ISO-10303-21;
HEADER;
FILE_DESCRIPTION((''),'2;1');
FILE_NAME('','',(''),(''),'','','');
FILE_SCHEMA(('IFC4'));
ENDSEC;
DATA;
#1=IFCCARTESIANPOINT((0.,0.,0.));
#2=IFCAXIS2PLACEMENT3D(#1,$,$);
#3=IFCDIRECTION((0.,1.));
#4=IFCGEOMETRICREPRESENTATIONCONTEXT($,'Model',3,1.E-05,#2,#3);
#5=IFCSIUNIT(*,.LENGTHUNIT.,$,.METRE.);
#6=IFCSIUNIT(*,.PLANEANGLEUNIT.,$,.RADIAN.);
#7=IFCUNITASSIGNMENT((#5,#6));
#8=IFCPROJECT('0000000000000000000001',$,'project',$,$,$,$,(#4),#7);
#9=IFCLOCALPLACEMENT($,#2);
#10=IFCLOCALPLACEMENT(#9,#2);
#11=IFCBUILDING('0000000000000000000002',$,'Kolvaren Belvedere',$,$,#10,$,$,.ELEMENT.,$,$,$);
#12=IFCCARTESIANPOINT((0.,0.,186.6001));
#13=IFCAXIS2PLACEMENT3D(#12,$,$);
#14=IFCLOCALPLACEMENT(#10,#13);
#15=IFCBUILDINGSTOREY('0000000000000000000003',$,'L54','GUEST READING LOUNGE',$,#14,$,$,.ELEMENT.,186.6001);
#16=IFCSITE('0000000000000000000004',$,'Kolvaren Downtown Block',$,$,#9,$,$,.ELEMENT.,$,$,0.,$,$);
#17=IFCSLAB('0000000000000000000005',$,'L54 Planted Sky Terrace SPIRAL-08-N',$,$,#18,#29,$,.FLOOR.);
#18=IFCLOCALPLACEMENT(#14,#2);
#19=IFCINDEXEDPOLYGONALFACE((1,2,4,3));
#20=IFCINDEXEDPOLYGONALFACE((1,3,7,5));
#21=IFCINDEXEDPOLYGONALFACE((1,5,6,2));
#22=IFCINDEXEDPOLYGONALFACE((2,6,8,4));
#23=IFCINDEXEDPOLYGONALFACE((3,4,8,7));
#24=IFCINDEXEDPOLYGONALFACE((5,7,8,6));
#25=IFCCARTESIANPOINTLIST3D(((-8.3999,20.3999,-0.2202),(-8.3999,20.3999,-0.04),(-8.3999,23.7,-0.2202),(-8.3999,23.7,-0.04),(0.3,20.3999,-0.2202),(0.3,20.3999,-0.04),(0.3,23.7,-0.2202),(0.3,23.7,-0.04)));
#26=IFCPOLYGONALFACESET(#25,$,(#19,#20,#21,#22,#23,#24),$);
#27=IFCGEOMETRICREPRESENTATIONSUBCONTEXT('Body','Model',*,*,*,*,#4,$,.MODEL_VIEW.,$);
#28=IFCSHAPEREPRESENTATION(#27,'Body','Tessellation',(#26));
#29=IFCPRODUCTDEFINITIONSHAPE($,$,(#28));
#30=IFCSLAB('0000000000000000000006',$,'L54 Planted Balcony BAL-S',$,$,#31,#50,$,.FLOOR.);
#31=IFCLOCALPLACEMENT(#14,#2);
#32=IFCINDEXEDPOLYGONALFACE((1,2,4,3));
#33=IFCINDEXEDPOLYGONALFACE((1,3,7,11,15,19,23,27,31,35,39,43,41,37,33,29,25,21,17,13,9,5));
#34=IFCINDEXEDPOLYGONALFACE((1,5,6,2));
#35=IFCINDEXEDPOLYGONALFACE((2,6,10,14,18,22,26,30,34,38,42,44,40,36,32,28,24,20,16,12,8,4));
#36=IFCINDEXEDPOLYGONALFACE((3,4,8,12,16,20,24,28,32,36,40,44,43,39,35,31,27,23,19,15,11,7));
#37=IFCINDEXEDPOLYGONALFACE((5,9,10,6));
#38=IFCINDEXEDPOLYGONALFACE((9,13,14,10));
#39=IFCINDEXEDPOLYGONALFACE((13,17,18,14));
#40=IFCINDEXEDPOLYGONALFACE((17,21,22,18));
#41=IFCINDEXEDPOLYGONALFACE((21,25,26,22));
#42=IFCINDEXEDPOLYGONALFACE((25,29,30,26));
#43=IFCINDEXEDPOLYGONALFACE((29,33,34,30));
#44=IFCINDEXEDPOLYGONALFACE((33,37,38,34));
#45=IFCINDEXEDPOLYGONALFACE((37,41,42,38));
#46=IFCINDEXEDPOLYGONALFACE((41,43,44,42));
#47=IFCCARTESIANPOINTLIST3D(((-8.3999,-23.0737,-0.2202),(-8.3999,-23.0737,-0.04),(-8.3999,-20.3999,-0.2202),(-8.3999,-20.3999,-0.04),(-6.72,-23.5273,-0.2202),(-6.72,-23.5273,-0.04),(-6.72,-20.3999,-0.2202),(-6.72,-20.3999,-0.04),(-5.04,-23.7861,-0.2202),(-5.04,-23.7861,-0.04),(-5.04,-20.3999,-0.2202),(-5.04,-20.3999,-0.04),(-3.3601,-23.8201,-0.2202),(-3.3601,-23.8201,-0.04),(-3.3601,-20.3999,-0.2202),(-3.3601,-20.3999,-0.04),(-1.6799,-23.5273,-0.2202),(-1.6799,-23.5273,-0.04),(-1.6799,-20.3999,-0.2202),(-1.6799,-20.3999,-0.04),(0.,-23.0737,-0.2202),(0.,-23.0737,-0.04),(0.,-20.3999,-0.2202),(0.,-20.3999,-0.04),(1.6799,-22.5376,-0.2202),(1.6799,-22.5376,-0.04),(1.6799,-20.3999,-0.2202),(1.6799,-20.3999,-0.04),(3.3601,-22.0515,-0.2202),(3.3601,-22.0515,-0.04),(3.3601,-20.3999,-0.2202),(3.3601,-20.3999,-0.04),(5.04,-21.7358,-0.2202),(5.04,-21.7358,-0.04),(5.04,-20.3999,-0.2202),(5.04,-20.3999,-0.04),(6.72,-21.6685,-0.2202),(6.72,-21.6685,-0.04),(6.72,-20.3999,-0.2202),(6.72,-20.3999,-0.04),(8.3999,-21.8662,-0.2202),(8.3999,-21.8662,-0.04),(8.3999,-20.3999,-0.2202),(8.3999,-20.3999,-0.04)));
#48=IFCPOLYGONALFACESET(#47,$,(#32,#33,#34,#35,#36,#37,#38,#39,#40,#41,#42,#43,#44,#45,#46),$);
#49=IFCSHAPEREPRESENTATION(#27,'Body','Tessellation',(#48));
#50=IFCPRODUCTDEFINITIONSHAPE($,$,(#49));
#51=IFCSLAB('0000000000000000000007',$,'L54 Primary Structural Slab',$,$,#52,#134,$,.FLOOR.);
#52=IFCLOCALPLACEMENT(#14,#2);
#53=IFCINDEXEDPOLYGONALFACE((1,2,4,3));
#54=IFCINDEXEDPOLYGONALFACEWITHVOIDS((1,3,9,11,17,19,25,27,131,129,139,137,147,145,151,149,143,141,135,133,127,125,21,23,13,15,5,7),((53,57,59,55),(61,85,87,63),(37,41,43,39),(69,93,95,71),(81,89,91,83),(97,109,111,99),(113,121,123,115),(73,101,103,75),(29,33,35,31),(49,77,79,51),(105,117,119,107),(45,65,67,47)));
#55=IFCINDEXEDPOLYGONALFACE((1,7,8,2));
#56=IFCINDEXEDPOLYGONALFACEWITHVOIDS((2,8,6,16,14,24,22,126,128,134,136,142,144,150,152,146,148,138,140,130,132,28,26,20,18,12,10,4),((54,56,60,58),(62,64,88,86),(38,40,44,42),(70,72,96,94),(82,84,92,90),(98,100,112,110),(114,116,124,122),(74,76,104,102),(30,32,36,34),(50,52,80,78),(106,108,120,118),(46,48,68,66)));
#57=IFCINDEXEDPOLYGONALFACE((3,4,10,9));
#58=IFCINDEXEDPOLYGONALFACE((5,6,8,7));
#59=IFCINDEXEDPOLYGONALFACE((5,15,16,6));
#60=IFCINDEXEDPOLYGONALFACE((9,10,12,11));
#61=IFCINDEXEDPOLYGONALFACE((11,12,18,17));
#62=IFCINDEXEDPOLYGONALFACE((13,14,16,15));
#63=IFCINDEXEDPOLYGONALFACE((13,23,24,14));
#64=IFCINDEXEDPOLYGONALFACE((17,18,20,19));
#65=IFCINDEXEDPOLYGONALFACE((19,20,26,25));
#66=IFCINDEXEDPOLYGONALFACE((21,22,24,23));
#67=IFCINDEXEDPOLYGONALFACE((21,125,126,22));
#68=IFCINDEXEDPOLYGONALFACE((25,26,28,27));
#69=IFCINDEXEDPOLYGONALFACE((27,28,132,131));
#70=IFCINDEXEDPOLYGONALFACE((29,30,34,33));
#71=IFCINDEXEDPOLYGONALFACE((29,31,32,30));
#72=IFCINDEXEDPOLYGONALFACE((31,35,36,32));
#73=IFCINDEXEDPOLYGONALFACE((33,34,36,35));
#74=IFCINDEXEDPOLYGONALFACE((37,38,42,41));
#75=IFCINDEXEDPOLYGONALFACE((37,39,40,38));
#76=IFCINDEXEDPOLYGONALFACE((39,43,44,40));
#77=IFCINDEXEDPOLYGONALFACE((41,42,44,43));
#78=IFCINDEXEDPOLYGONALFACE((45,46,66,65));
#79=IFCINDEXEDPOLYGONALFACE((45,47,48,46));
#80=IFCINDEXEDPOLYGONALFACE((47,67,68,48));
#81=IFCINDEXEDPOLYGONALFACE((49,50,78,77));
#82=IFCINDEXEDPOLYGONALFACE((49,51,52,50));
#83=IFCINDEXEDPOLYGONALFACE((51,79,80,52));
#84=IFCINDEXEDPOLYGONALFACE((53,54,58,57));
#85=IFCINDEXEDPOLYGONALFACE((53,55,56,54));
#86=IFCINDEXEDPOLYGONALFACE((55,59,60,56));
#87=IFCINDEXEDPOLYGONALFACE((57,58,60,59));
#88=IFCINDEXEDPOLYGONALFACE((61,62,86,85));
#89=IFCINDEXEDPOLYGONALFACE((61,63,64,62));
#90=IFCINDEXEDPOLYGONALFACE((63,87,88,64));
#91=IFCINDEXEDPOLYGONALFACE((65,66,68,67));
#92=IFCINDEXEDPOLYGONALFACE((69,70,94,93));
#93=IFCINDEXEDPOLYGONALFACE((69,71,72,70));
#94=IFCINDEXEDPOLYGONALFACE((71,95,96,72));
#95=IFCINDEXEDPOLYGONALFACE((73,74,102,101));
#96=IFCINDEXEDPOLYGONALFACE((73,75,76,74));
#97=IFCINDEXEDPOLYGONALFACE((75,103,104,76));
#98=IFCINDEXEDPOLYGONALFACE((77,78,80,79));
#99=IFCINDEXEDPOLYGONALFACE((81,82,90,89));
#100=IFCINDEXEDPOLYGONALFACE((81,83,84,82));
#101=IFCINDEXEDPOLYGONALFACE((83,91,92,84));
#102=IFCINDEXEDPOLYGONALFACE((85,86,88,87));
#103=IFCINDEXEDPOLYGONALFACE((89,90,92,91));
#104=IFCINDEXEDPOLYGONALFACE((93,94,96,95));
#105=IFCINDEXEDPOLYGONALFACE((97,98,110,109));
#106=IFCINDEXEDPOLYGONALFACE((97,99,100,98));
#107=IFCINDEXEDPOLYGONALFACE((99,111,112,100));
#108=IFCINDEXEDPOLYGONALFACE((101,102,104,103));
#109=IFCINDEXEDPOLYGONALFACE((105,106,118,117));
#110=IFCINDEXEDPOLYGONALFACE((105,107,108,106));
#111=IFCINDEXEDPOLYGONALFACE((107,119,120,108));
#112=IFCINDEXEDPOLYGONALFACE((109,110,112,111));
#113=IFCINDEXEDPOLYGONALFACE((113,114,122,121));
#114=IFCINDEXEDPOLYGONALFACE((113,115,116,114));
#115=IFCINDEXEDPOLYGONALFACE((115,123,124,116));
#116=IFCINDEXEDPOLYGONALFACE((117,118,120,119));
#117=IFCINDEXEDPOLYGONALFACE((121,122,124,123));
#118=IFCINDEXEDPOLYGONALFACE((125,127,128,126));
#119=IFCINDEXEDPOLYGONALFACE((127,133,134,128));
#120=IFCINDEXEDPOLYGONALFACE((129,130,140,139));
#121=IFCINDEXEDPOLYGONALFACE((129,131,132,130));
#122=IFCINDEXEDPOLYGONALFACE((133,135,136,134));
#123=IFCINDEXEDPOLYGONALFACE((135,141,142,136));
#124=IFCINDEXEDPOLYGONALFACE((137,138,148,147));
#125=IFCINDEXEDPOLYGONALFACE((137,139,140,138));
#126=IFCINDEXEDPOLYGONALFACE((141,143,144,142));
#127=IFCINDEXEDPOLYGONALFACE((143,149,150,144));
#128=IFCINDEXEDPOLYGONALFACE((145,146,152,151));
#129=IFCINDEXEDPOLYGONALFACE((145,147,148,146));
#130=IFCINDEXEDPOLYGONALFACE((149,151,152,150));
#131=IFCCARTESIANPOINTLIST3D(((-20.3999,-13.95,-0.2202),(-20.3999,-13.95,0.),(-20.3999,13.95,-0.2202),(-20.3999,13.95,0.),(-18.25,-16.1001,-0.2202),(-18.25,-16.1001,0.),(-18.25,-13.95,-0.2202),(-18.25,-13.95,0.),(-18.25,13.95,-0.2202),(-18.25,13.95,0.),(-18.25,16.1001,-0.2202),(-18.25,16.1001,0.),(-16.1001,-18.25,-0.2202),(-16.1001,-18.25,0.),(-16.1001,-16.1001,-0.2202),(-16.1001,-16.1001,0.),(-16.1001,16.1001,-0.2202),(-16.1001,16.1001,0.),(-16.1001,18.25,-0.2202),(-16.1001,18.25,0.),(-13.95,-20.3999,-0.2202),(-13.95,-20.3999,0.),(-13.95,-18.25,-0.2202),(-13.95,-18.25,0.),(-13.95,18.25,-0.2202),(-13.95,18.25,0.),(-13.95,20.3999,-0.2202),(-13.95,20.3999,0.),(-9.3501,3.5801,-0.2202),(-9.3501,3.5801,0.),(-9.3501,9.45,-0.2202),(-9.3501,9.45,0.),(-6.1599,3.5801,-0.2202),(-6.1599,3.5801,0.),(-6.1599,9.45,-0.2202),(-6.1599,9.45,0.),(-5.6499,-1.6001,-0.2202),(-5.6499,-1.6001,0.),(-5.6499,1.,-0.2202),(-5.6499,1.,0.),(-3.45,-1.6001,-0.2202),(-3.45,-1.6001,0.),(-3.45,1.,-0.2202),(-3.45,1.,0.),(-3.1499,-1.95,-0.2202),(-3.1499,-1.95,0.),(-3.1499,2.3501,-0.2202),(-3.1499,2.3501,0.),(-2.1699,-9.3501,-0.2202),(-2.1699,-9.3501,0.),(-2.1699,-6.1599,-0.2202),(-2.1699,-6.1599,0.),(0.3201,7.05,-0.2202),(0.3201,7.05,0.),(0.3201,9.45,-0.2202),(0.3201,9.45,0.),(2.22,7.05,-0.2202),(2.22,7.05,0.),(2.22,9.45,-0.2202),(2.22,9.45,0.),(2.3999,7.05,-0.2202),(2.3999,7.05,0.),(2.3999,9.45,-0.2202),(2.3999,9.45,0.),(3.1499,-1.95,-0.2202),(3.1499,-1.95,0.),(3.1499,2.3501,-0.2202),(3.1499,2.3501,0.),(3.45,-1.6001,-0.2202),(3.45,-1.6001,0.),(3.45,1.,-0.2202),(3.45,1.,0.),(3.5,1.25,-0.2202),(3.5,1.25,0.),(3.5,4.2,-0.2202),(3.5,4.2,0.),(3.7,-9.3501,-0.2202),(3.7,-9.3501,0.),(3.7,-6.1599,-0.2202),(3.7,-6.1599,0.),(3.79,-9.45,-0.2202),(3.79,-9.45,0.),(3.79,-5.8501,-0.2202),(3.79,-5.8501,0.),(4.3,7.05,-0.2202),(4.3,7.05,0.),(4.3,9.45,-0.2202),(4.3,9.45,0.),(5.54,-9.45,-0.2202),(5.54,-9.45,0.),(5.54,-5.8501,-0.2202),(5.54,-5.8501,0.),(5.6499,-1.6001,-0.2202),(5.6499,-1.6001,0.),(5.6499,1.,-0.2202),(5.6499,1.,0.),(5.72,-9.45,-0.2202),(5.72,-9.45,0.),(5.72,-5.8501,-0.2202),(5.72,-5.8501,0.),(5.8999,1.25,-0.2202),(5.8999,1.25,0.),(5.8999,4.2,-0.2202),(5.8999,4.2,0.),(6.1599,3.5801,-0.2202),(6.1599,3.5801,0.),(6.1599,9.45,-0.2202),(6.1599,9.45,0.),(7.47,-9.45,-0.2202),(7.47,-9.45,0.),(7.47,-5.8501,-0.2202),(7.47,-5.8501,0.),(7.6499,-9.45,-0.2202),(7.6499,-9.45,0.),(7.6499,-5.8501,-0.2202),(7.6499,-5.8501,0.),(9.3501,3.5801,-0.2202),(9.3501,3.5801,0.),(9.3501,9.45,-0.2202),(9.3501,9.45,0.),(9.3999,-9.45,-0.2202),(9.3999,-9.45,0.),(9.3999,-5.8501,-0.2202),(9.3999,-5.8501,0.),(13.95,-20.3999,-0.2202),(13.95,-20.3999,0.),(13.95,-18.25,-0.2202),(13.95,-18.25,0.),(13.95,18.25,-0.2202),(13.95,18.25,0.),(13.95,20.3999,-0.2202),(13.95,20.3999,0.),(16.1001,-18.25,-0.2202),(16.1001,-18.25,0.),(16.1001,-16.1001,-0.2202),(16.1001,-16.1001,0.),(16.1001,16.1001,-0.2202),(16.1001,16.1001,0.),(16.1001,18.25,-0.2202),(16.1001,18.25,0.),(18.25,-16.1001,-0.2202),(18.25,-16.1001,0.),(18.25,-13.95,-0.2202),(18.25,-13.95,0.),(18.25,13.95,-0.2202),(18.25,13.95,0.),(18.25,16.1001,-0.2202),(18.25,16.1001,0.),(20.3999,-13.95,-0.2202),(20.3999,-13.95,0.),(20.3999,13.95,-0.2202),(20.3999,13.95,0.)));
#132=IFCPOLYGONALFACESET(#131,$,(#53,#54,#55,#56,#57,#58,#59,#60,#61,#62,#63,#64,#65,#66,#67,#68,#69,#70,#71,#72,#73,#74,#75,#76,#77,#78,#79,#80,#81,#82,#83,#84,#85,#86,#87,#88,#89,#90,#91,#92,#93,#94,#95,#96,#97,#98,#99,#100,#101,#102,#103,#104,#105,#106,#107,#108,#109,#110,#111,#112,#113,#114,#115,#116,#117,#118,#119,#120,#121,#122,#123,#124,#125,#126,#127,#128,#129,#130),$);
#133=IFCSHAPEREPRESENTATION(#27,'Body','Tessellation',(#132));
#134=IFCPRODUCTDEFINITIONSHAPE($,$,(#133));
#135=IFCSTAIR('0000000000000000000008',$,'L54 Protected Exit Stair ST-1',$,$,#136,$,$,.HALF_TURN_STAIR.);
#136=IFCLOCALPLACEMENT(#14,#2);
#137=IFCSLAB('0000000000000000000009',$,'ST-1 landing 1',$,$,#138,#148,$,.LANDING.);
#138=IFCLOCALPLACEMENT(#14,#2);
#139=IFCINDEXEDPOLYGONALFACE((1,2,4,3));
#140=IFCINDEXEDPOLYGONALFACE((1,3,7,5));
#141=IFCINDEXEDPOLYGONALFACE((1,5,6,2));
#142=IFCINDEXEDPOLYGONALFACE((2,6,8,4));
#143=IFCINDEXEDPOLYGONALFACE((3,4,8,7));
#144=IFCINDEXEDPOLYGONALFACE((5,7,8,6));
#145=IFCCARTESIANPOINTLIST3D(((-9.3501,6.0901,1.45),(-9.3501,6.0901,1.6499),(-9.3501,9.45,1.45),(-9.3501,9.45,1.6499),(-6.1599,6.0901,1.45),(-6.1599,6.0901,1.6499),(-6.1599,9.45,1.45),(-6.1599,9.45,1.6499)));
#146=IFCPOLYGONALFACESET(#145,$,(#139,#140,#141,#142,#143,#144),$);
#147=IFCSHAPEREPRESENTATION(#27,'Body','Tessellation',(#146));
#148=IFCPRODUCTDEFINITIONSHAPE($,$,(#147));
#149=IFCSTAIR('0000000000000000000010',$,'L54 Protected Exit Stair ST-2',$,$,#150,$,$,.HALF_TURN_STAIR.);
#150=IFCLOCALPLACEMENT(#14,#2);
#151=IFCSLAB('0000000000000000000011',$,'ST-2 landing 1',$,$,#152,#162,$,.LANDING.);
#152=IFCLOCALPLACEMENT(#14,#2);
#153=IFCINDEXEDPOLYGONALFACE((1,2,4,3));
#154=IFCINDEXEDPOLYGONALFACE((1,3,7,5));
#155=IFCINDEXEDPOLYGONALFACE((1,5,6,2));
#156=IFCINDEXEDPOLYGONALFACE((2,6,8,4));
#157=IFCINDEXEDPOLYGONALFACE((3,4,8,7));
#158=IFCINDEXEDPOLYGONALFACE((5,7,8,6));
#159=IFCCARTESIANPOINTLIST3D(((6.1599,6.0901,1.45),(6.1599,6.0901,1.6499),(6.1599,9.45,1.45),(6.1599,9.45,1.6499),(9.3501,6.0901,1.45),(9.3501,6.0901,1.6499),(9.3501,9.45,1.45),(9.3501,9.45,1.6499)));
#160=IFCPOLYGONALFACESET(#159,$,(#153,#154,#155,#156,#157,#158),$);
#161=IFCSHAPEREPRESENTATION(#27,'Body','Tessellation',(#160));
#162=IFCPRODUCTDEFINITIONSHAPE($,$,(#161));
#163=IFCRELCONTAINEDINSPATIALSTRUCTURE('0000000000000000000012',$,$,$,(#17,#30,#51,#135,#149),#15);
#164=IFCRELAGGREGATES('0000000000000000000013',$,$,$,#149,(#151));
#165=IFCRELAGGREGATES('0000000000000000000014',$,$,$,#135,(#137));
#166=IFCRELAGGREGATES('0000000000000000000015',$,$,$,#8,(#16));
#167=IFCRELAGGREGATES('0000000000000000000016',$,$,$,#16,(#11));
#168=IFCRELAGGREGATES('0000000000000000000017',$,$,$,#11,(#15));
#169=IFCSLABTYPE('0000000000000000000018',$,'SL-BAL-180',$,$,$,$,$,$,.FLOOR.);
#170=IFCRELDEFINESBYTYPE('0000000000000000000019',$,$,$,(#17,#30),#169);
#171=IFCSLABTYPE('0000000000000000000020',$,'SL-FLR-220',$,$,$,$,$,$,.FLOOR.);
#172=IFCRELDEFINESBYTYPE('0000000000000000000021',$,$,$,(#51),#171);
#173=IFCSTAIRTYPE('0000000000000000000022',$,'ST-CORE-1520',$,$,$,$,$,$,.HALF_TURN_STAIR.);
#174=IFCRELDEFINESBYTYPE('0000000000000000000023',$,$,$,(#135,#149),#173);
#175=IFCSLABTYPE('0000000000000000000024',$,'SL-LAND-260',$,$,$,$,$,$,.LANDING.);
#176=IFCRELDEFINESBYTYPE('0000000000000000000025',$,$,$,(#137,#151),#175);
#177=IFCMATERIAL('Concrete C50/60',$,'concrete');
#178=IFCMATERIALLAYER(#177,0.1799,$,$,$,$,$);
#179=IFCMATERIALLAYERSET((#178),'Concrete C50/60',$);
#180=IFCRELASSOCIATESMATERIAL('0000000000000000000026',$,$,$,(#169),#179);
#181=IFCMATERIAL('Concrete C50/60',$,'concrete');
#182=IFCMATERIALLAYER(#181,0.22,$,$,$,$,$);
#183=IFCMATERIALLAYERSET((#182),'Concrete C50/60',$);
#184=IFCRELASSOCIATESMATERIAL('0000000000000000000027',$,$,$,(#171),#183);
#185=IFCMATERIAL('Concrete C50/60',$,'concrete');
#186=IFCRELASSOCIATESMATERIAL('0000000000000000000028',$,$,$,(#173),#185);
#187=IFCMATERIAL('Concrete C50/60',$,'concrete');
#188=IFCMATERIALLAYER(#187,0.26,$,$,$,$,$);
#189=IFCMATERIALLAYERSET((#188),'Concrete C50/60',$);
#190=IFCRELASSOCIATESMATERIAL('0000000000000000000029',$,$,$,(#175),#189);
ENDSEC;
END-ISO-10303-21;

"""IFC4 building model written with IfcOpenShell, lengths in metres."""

from ifc_helpers import new_model, si_unit, direction, frame, origin, place, context, subcontext, project, spatial, polyline, outline, extrude, material, layer, layer_set, type_object, element, aggregate, save


model = new_model("IFC4")

# Units and contexts
model_context = context("Model", 3, precision=1e-05, world=origin(), true_north=direction((0.0, 1.0)))
body_context = subcontext(model_context, "Body", "Model", "MODEL_VIEW")
ifc_project = project(units=[si_unit("LENGTHUNIT", "METRE"), si_unit("PLANEANGLEUNIT", "RADIAN")], contexts=[model_context])

# Site, building, storey
site_placement = place(None, origin())
site = spatial("IfcSite", under=ifc_project, at=site_placement, Name="Kolvaren Downtown Block", CompositionType="ELEMENT", RefElevation=0.0)
building_placement = place(site_placement, origin())
building = spatial("IfcBuilding", under=site, at=building_placement, Name="Kolvaren Belvedere", CompositionType="ELEMENT")
storey_placement = place(building_placement, frame((0.0, 0.0, 186.6001)))
storey = spatial("IfcBuildingStorey", under=building, at=storey_placement, Name="L54", Description="GUEST READING LOUNGE", CompositionType="ELEMENT", Elevation=186.6001)

# Slabs
ifc_material_1 = material(Name="Concrete C50/60", Category="concrete")
ifc_layer_1 = layer(ifc_material_1, 0.1799)
ifc_layer_set_1 = layer_set([ifc_layer_1], Name="Concrete C50/60")
slab_type_1 = type_object("IfcSlabType", Name="SL-BAL-180", PredefinedType="FLOOR", material=ifc_layer_set_1)
slab_1_placement = place(storey_placement, frame((0.0, 0.0, -0.2202)))
element("IfcSlab", 1, at=slab_1_placement, inside=storey, type_object=slab_type_1, Name="L54 Planted Sky Terrace SPIRAL-08-N", PredefinedType="FLOOR", context=body_context, shape_type="SweptSolid", body=[
    extrude(outline(polyline([(-8.3999, 20.3999), (0.3, 20.3999), (0.3, 23.7), (-8.3999, 23.7), (-8.3999, 20.3999)])), origin(), (0.0, 0.0, 1.0), 0.1802),
])
slab_2_placement = place(storey_placement, frame((0.0, 0.0, -0.2202)))
element("IfcSlab", 2, at=slab_2_placement, inside=storey, type_object=slab_type_1, Name="L54 Planted Balcony BAL-S", PredefinedType="FLOOR", context=body_context, shape_type="SweptSolid", body=[
    extrude(outline(polyline([(-8.3999, -23.0737), (-6.72, -23.5273), (-5.04, -23.7861), (-3.3601, -23.8201), (-1.6799, -23.5273), (0.0, -23.0737), (1.6799, -22.5376), (3.3601, -22.0515), (5.04, -21.7358), (6.72, -21.6685), (8.3999, -21.8662), (8.3999, -20.3999), (6.72, -20.3999), (5.04, -20.3999), (3.3601, -20.3999), (1.6799, -20.3999), (0.0, -20.3999), (-1.6799, -20.3999), (-3.3601, -20.3999), (-5.04, -20.3999), (-6.72, -20.3999), (-8.3999, -20.3999), (-8.3999, -23.0737)])), origin(), (0.0, 0.0, 1.0), 0.1802),
])
ifc_material_2 = material(Name="Concrete C50/60", Category="concrete")
ifc_layer_2 = layer(ifc_material_2, 0.22)
ifc_layer_set_2 = layer_set([ifc_layer_2], Name="Concrete C50/60")
slab_type_2 = type_object("IfcSlabType", Name="SL-FLR-220", PredefinedType="FLOOR", material=ifc_layer_set_2)
slab_3_placement = place(storey_placement, frame((0.0, 0.0, -0.2202)))
element("IfcSlab", 3, at=slab_3_placement, inside=storey, type_object=slab_type_2, Name="L54 Primary Structural Slab", PredefinedType="FLOOR", context=body_context, shape_type="SweptSolid", body=[
    extrude(outline(polyline([(-13.95, -20.3999), (13.95, -20.3999), (13.95, -18.25), (16.1001, -18.25), (16.1001, -16.1001), (18.25, -16.1001), (18.25, -13.95), (20.3999, -13.95), (20.3999, 13.95), (18.25, 13.95), (18.25, 16.1001), (16.1001, 16.1001), (16.1001, 18.25), (13.95, 18.25), (13.95, 20.3999), (-13.95, 20.3999), (-13.95, 18.25), (-16.1001, 18.25), (-16.1001, 16.1001), (-18.25, 16.1001), (-18.25, 13.95), (-20.3999, 13.95), (-20.3999, -13.95), (-18.25, -13.95), (-18.25, -16.1001), (-16.1001, -16.1001), (-16.1001, -18.25), (-13.95, -18.25), (-13.95, -20.3999)]), holes=[polyline([(-9.3501, 3.5801), (-6.1599, 3.5801), (-6.1599, 9.45), (-9.3501, 9.45), (-9.3501, 3.5801)]), polyline([(6.1599, 3.5801), (9.3501, 3.5801), (9.3501, 9.45), (6.1599, 9.45), (6.1599, 3.5801)]), polyline([(-2.1699, -9.3501), (3.7, -9.3501), (3.7, -6.1599), (-2.1699, -6.1599), (-2.1699, -9.3501)]), polyline([(-5.6499, -1.6001), (-3.45, -1.6001), (-3.45, 1.0), (-5.6499, 1.0), (-5.6499, -1.6001)]), polyline([(3.5, 1.25), (5.8999, 1.25), (5.8999, 4.2), (3.5, 4.2), (3.5, 1.25)]), polyline([(3.45, -1.6001), (5.6499, -1.6001), (5.6499, 1.0), (3.45, 1.0), (3.45, -1.6001)]), polyline([(3.79, -9.45), (5.54, -9.45), (5.54, -5.8501), (3.79, -5.8501), (3.79, -9.45)]), polyline([(5.72, -9.45), (7.47, -9.45), (7.47, -5.8501), (5.72, -5.8501), (5.72, -9.45)]), polyline([(7.6499, -9.45), (9.3999, -9.45), (9.3999, -5.8501), (7.6499, -5.8501), (7.6499, -9.45)]), polyline([(0.3201, 7.05), (2.22, 7.05), (2.22, 9.45), (0.3201, 9.45), (0.3201, 7.05)]), polyline([(2.3999, 7.05), (4.3, 7.05), (4.3, 9.45), (2.3999, 9.45), (2.3999, 7.05)]), polyline([(-3.1499, -1.95), (3.1499, -1.95), (3.1499, 2.3501), (-3.1499, 2.3501), (-3.1499, -1.95)])]), origin(), (0.0, 0.0, 1.0), 0.2202),
])

# Stairs, slabs
ifc_material_3 = material(Name="Concrete C50/60", Category="concrete")
stair_type = type_object("IfcStairType", Name="ST-CORE-1520", PredefinedType="HALF_TURN_STAIR", material=ifc_material_3)
stair_1_placement = place(storey_placement, origin())
stair_1 = element("IfcStair", 4, at=stair_1_placement, inside=storey, type_object=stair_type, Name="L54 Protected Exit Stair ST-1", PredefinedType="HALF_TURN_STAIR")
ifc_material_4 = material(Name="Concrete C50/60", Category="concrete")
ifc_layer_3 = layer(ifc_material_4, 0.26)
ifc_layer_set_3 = layer_set([ifc_layer_3], Name="Concrete C50/60")
slab_type_3 = type_object("IfcSlabType", Name="SL-LAND-260", PredefinedType="LANDING", material=ifc_layer_set_3)
slab_4_placement = place(storey_placement, frame((0.0, 0.0, 1.45)))
slab_4 = element("IfcSlab", 5, at=slab_4_placement, type_object=slab_type_3, Name="ST-1 landing 1", PredefinedType="LANDING", context=body_context, shape_type="SweptSolid", body=[
    extrude(outline(polyline([(-6.1599, 6.0901), (-6.1599, 9.45), (-9.3501, 9.45), (-9.3501, 6.0901), (-6.1599, 6.0901)])), origin(), (0.0, 0.0, 1.0), 0.2),
])
stair_2_placement = place(storey_placement, origin())
stair_2 = element("IfcStair", 6, at=stair_2_placement, inside=storey, type_object=stair_type, Name="L54 Protected Exit Stair ST-2", PredefinedType="HALF_TURN_STAIR")
slab_5_placement = place(storey_placement, frame((0.0, 0.0, 1.45)))
slab_5 = element("IfcSlab", 7, at=slab_5_placement, type_object=slab_type_3, Name="ST-2 landing 1", PredefinedType="LANDING", context=body_context, shape_type="SweptSolid", body=[
    extrude(outline(polyline([(9.3501, 6.0901), (9.3501, 9.45), (6.1599, 9.45), (6.1599, 6.0901), (9.3501, 6.0901)])), origin(), (0.0, 0.0, 1.0), 0.2),
])
aggregate(stair_2, [slab_5])

aggregate(stair_1, [slab_4])

save(model, "model.ifc")
